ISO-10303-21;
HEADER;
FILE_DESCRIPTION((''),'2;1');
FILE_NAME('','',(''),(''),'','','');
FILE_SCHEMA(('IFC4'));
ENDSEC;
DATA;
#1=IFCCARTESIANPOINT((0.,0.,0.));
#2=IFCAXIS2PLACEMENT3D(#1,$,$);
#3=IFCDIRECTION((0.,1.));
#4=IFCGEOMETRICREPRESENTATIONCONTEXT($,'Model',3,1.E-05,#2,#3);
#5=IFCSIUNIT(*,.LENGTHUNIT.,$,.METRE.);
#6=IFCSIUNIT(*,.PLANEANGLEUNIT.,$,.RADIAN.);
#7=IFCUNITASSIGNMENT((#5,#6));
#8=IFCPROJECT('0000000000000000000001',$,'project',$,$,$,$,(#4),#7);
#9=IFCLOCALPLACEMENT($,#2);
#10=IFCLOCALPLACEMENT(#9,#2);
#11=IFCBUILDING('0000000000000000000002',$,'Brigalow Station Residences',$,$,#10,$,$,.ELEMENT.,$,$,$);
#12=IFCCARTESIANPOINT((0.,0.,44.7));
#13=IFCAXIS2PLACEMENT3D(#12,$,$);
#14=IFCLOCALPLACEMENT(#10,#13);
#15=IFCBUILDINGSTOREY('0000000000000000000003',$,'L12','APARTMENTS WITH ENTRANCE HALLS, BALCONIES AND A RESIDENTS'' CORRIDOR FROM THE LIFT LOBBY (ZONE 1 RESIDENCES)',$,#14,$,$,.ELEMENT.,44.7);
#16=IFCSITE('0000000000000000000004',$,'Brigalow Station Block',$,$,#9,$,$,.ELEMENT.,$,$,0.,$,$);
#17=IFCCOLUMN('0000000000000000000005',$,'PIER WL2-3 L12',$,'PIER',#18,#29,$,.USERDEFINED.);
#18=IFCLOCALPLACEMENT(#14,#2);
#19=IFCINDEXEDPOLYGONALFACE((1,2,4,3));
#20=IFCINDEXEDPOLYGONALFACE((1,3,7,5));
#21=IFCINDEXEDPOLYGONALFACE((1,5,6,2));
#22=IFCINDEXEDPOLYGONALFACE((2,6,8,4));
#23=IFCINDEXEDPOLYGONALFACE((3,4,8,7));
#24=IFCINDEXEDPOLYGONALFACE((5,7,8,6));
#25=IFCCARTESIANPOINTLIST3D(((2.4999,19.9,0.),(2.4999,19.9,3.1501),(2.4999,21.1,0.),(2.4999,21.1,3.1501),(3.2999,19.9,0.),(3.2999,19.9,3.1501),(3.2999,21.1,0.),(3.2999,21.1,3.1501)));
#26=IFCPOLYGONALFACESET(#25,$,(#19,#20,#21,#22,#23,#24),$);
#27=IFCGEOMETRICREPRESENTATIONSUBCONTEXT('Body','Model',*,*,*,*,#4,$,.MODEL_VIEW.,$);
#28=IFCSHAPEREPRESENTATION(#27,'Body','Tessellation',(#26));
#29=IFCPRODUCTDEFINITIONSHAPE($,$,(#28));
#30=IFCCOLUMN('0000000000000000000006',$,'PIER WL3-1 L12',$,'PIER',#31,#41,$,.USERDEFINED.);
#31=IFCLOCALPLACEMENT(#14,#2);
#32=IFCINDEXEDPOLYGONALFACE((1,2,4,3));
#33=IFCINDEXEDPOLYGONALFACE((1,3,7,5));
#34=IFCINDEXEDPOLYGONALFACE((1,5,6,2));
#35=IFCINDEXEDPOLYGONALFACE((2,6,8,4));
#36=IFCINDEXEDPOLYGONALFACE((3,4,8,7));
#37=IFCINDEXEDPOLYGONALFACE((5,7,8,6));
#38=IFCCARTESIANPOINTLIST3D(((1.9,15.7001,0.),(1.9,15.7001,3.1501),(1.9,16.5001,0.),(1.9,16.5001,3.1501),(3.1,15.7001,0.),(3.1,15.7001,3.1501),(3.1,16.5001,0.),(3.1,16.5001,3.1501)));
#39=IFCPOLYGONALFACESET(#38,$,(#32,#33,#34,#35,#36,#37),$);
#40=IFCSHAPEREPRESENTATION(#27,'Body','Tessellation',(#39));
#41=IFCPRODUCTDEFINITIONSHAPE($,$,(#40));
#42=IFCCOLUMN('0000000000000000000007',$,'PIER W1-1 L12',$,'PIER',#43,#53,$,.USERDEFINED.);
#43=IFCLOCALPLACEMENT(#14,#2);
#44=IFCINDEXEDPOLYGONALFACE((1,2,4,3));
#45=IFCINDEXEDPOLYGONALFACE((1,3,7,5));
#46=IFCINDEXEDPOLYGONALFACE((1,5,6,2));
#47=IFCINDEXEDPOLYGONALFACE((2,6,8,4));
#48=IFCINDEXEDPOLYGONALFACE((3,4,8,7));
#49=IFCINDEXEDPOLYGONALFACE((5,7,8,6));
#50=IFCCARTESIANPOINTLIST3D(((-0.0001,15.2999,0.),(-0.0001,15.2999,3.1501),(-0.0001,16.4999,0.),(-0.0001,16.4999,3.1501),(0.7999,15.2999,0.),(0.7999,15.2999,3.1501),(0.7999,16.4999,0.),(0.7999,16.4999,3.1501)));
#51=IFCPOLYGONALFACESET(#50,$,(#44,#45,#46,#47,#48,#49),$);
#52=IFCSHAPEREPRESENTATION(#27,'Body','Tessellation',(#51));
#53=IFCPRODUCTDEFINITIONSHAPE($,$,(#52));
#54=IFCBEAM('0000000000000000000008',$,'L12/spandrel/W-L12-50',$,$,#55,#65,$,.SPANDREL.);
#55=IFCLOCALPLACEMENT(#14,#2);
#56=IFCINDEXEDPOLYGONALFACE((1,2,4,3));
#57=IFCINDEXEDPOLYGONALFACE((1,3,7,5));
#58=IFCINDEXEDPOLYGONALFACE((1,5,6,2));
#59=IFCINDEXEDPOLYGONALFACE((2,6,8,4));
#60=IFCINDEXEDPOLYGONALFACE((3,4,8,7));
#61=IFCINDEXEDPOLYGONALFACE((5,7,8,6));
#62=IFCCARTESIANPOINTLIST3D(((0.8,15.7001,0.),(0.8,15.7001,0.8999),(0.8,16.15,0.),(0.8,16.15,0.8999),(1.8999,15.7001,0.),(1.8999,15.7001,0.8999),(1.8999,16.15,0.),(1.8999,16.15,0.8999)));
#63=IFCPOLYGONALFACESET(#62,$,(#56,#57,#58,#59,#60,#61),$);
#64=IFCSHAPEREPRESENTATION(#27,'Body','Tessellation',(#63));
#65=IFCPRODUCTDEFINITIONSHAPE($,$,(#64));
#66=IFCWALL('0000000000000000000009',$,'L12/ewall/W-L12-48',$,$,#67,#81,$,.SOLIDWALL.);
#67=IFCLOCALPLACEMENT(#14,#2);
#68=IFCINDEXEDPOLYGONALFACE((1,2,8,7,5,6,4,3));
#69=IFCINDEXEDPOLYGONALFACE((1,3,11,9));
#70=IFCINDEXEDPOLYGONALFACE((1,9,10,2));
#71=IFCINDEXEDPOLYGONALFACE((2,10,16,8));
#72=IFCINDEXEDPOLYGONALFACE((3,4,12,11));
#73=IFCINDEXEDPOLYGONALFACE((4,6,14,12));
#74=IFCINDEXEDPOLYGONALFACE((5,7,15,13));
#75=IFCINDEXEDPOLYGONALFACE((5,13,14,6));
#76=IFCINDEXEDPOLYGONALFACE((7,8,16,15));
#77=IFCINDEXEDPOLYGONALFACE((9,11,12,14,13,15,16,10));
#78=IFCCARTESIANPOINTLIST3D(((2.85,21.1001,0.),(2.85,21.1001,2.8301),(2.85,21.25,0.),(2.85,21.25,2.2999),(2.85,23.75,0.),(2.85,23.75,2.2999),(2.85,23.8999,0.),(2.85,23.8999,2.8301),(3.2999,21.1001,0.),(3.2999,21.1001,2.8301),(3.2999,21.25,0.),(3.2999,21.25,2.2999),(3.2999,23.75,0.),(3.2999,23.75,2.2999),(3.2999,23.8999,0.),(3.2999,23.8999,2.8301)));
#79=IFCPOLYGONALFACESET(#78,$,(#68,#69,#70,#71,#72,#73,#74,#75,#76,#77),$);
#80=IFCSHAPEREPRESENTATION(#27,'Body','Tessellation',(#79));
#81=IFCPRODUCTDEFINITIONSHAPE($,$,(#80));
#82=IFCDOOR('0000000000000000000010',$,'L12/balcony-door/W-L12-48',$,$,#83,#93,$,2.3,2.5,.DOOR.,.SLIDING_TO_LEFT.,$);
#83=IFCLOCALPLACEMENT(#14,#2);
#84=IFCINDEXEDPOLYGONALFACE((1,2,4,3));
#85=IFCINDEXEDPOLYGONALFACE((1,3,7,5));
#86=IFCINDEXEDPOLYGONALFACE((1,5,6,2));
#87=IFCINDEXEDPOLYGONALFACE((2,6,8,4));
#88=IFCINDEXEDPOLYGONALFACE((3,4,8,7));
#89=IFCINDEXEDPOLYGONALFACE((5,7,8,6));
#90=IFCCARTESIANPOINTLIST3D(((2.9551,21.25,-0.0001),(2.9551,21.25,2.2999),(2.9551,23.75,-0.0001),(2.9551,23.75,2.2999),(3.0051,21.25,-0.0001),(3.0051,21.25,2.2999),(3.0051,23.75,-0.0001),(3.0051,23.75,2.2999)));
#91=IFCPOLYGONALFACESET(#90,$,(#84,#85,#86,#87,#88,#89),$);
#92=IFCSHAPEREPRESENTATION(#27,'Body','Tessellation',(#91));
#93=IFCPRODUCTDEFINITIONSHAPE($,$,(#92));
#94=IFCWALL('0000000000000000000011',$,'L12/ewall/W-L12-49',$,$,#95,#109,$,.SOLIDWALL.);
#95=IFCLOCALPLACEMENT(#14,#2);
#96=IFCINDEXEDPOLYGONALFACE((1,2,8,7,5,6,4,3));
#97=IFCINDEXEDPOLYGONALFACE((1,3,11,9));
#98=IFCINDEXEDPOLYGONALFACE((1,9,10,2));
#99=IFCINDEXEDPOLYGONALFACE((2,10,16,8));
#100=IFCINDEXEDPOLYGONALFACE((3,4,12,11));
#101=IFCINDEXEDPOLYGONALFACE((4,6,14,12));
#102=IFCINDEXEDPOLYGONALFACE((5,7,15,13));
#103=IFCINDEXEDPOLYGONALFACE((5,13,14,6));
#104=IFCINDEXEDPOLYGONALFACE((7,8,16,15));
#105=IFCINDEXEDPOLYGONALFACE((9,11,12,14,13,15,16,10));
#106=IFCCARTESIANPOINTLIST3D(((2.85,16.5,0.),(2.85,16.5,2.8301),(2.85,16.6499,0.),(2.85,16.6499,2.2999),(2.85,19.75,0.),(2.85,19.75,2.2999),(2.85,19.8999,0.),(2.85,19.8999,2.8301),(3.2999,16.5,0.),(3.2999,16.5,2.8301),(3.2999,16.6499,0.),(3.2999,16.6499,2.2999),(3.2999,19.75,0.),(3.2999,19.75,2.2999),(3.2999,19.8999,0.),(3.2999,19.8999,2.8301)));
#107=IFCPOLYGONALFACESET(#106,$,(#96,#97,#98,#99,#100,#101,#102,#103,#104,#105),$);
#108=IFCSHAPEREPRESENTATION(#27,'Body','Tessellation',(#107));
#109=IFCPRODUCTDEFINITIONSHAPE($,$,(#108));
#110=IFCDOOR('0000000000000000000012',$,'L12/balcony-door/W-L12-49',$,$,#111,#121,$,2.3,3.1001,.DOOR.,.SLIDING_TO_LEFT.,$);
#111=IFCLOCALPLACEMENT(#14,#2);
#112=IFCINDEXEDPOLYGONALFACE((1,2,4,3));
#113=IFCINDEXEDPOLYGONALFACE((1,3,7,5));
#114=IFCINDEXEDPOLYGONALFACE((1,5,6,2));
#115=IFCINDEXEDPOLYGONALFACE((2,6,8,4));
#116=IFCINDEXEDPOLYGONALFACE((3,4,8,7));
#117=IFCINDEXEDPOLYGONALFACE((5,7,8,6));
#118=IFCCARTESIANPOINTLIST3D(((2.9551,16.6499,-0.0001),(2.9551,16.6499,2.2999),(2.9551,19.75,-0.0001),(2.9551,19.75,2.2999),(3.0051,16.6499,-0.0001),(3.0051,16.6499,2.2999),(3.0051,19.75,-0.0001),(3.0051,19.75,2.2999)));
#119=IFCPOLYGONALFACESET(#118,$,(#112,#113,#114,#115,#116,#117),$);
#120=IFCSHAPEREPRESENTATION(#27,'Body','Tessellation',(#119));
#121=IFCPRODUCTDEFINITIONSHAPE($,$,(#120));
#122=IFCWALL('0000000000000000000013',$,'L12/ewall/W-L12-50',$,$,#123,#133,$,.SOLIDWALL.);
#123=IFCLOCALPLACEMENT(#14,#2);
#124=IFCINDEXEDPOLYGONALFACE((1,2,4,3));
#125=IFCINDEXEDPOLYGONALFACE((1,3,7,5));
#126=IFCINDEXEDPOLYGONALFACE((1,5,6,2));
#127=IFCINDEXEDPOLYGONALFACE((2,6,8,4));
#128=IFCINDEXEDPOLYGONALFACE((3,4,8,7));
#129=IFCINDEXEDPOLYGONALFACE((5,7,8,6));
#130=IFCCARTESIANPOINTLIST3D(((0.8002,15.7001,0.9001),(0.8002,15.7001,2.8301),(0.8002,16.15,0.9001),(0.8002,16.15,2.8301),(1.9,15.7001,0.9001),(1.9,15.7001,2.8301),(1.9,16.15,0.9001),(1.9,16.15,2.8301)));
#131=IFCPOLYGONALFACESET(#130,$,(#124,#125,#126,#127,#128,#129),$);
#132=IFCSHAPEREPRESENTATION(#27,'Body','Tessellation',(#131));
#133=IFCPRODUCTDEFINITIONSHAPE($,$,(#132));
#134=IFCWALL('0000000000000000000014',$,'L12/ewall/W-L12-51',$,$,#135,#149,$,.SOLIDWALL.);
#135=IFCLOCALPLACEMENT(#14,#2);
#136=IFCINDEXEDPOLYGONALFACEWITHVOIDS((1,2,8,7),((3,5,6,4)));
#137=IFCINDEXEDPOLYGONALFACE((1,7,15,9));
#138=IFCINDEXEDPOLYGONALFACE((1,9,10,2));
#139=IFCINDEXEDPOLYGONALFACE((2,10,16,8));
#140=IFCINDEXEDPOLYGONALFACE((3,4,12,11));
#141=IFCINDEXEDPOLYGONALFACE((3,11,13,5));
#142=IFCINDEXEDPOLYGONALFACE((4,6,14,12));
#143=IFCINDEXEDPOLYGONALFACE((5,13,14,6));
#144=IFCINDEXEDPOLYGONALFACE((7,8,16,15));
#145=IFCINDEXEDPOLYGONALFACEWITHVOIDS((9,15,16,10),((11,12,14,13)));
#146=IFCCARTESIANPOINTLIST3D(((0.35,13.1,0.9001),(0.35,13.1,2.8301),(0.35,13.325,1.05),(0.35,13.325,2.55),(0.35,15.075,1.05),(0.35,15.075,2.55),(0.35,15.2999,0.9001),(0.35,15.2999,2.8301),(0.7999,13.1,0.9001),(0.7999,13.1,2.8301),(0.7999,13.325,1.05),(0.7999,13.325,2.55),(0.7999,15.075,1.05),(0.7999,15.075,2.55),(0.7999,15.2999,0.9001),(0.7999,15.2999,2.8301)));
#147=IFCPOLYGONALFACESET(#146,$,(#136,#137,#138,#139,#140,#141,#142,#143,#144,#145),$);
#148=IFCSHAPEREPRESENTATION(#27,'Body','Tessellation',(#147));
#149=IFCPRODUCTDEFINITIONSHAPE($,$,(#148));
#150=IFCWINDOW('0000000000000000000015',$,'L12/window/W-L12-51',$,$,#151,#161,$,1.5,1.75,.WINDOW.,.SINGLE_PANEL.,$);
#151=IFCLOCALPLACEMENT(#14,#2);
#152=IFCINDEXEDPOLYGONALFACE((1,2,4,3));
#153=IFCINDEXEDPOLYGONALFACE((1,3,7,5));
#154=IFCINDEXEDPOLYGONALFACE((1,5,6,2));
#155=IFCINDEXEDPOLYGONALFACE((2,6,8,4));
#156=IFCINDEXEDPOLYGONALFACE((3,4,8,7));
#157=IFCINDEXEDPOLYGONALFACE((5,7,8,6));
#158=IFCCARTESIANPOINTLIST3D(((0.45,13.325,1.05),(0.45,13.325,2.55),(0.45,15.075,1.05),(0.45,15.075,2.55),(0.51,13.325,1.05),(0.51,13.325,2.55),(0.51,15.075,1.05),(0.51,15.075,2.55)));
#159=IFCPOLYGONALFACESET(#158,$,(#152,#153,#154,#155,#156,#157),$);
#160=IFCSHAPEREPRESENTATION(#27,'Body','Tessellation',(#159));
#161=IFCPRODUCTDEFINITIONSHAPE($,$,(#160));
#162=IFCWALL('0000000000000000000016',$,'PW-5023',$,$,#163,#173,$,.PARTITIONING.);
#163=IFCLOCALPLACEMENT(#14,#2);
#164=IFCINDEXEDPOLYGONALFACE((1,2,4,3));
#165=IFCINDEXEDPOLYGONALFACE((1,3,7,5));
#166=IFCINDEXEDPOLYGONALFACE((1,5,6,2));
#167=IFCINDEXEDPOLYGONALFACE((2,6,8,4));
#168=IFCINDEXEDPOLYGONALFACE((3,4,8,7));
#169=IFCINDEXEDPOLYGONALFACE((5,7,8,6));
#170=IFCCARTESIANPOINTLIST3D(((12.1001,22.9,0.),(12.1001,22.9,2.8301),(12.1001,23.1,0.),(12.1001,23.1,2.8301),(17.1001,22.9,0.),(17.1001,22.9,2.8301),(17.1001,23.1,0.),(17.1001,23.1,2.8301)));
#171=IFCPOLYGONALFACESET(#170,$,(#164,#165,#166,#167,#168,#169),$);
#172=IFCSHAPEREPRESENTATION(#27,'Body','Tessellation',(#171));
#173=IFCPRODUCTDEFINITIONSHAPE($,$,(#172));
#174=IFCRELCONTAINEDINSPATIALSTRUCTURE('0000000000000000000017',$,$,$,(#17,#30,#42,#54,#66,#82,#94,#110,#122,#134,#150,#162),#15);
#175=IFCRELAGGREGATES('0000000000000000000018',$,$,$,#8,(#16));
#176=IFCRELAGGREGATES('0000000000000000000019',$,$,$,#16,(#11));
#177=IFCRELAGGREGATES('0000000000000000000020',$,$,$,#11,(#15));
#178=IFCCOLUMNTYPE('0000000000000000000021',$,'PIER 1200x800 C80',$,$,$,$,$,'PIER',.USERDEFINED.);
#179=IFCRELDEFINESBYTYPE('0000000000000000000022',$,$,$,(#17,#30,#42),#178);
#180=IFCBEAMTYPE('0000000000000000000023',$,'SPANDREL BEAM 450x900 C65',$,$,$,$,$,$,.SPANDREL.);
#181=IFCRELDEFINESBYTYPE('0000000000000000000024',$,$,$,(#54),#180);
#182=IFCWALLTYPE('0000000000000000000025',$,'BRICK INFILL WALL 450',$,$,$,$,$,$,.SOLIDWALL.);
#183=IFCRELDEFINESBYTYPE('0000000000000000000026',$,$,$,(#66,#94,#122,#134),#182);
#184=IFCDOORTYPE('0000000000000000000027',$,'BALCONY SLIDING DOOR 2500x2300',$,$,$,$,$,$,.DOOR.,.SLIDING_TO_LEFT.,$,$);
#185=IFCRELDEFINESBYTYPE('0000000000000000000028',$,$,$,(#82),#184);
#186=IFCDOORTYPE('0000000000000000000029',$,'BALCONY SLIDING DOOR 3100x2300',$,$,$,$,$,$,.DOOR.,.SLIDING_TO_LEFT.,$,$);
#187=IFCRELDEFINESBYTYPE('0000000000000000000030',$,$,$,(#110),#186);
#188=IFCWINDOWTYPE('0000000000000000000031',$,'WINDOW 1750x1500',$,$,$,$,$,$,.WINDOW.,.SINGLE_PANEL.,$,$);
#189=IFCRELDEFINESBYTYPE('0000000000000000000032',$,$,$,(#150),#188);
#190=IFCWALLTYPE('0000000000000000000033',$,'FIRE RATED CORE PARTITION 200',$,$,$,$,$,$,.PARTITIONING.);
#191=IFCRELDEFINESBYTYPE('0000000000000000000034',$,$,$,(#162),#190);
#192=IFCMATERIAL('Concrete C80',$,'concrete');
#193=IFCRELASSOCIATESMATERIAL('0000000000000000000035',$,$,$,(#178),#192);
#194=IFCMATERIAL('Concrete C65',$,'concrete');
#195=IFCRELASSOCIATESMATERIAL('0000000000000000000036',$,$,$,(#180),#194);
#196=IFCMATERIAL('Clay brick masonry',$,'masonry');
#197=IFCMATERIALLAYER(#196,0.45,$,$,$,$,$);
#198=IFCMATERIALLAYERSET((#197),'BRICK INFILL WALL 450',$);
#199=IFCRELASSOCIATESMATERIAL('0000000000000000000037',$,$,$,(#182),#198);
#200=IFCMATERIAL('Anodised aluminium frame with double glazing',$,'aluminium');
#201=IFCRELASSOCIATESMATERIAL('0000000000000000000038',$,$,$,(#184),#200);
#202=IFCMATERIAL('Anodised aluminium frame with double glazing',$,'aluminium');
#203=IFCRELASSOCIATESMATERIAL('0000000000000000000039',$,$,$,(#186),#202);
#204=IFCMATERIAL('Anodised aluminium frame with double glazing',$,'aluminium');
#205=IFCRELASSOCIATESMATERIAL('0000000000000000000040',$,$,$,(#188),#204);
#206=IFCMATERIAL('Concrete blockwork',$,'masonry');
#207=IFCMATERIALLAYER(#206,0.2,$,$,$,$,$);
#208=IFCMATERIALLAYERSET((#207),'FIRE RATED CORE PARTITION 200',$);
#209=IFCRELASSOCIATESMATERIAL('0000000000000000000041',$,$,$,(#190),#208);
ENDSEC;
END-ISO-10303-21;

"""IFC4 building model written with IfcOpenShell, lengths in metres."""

from ifc_helpers import new_model, si_unit, direction, frame, frame_2d, origin, origin_2d, place, context, subcontext, project, spatial, rectangle, extrude, material, layer, layer_set, material_profile, profile_set, type_object, element, fill, save


model = new_model("IFC4")

# Units and contexts
model_context = context("Model", 3, precision=1e-05, world=origin(), true_north=direction((0.0, 1.0)))
body_context = subcontext(model_context, "Body", "Model", "MODEL_VIEW")
ifc_project = project(units=[si_unit("LENGTHUNIT", "METRE"), si_unit("PLANEANGLEUNIT", "RADIAN")], contexts=[model_context])

# Site, building, storey
site_placement = place(None, origin())
site = spatial("IfcSite", under=ifc_project, at=site_placement, Name="Brigalow Station Block", CompositionType="ELEMENT", RefElevation=0.0)
building_placement = place(site_placement, origin())
building = spatial("IfcBuilding", under=site, at=building_placement, Name="Brigalow Station Residences", CompositionType="ELEMENT")
storey_placement = place(building_placement, frame((0.0, 0.0, 44.7)))
storey = spatial("IfcBuildingStorey", under=building, at=storey_placement, Name="L12", Description="APARTMENTS WITH ENTRANCE HALLS, BALCONIES AND A RESIDENTS' CORRIDOR FROM THE LIFT LOBBY (ZONE 1 RESIDENCES)", CompositionType="ELEMENT", Elevation=44.7)

# Columns
ifc_material_1 = material(Name="Concrete C80", Category="concrete")
ifc_material_profile_1 = material_profile(ifc_material_1, rectangle(XDim=1.2, YDim=0.8, at=origin_2d()), Name="RC1200x800")
ifc_profile_set_1 = profile_set([ifc_material_profile_1], Name="Concrete C80")
column_type = type_object("IfcColumnType", Name="PIER 1200x800 C80", ElementType="PIER", PredefinedType="USERDEFINED", material=ifc_profile_set_1)
for number, where, z_axis, x_axis, name in (
    (1, (2.8999, 20.5, 0.0), (0.0, 0.0, 1.0), (0.0, -1.0, 0.0), "PIER WL2-3 L12"),
    (2, (2.5, 16.1001, 0.0), (0.0, 0.0, 1.0), (-1.0, 0.0, 0.0), "PIER WL3-1 L12"),
    (3, (0.3999, 15.8999, 0.0), (0.0, 0.0, 1.0), (0.0, -1.0, 0.0), "PIER W1-1 L12"),
):
    element("IfcColumn", number, at=place(storey_placement, frame(where, z_axis=z_axis, x_axis=x_axis)), inside=storey, type_object=column_type, Name=name, ObjectType="PIER", PredefinedType="USERDEFINED", context=body_context, shape_type="SweptSolid", body=[
        extrude(rectangle(XDim=1.2, YDim=0.8, at=origin_2d()), origin(), (0.0, 0.0, 1.0), 3.1501),
    ])

# Beam
ifc_material_2 = material(Name="Concrete C65", Category="concrete")
ifc_material_profile_2 = material_profile(ifc_material_2, rectangle(XDim=0.45, YDim=0.8999, at=origin_2d()), Name="RC450x900")
ifc_profile_set_2 = profile_set([ifc_material_profile_2], Name="Concrete C65")
beam_type = type_object("IfcBeamType", Name="SPANDREL BEAM 450x900 C65", PredefinedType="SPANDREL", material=ifc_profile_set_2)
beam_placement = place(storey_placement, frame((1.8999, 15.925, 0.45), z_axis=(-1.0, 0.0, 0.0), x_axis=(0.0, -1.0, 0.0)))
element("IfcBeam", 4, at=beam_placement, inside=storey, type_object=beam_type, Name="L12/spandrel/W-L12-50", PredefinedType="SPANDREL", context=body_context, shape_type="SweptSolid", body=[
    extrude(rectangle(XDim=0.45, YDim=0.8999, at=origin_2d()), origin(), (0.0, 0.0, 1.0), 1.0999),
])

# Walls, openings, doors
ifc_material_3 = material(Name="Clay brick masonry", Category="masonry")
ifc_layer_1 = layer(ifc_material_3, 0.45)
ifc_layer_set_1 = layer_set([ifc_layer_1], Name="BRICK INFILL WALL 450")
wall_type_1 = type_object("IfcWallType", Name="BRICK INFILL WALL 450", PredefinedType="SOLIDWALL", material=ifc_layer_set_1)
wall_1_placement = place(storey_placement, frame((3.075, 23.8999, 0.0), z_axis=(0.0, 0.0, 1.0), x_axis=(0.0, -1.0, 0.0)))
wall_1 = element("IfcWall", 5, at=wall_1_placement, inside=storey, type_object=wall_type_1, Name="L12/ewall/W-L12-48", PredefinedType="SOLIDWALL", context=body_context, shape_type="SweptSolid", body=[
    extrude(rectangle(XDim=2.7998, YDim=0.45, at=frame_2d((1.3999, 0.0))), origin(), (0.0, 0.0, 1.0), 2.8301),
])
opening_1_placement = place(wall_1_placement, frame((0.1499, 0.0, 0.0)))
opening_1 = element("IfcOpeningElement", 6, at=opening_1_placement, cuts=wall_1, PredefinedType="OPENING", context=body_context, shape_type="SweptSolid", body=[
    extrude(rectangle(XDim=2.5, YDim=2.3, at=frame_2d((1.25, 1.1499))), frame((0.0, 0.2349, 0.0), z_axis=(0.0, -1.0, 0.0), x_axis=(1.0, 0.0, 0.0)), (0.0, 0.0, 1.0), 0.47),
])
ifc_material_4 = material(Name="Anodised aluminium frame with double glazing", Category="aluminium")
door_type_1 = type_object("IfcDoorType", Name="BALCONY SLIDING DOOR 2500x2300", OperationType="SLIDING_TO_LEFT", PredefinedType="DOOR", material=ifc_material_4)
door_1_placement = place(opening_1_placement, origin())
door_1 = element("IfcDoor", 7, at=door_1_placement, inside=storey, type_object=door_type_1, Name="L12/balcony-door/W-L12-48", OperationType="SLIDING_TO_LEFT", OverallHeight=2.3, OverallWidth=2.5, PredefinedType="DOOR", context=body_context, shape_type="SweptSolid", body=[
    extrude(rectangle(XDim=2.5, YDim=2.3, at=frame_2d((1.25, 1.1499))), frame((0.0, -0.0698, 0.0), z_axis=(0.0, -1.0, 0.0), x_axis=(1.0, 0.0, 0.0)), (0.0, 0.0, 1.0), 0.05),
])
fill(opening_1, door_1)
wall_2_placement = place(storey_placement, frame((3.075, 19.8999, 0.0), z_axis=(0.0, 0.0, 1.0), x_axis=(0.0, -1.0, 0.0)))
wall_2 = element("IfcWall", 8, at=wall_2_placement, inside=storey, type_object=wall_type_1, Name="L12/ewall/W-L12-49", PredefinedType="SOLIDWALL", context=body_context, shape_type="SweptSolid", body=[
    extrude(rectangle(XDim=3.3999, YDim=0.45, at=frame_2d((1.7, 0.0))), origin(), (0.0, 0.0, 1.0), 2.8301),
])
opening_2_placement = place(wall_2_placement, frame((0.1499, 0.0, 0.0)))
opening_2 = element("IfcOpeningElement", 9, at=opening_2_placement, cuts=wall_2, PredefinedType="OPENING", context=body_context, shape_type="SweptSolid", body=[
    extrude(rectangle(XDim=3.1001, YDim=2.3, at=frame_2d((1.55, 1.1499))), frame((0.0, 0.2349, 0.0), z_axis=(0.0, -1.0, 0.0), x_axis=(1.0, 0.0, 0.0)), (0.0, 0.0, 1.0), 0.47),
])
ifc_material_5 = material(Name="Anodised aluminium frame with double glazing", Category="aluminium")
door_type_2 = type_object("IfcDoorType", Name="BALCONY SLIDING DOOR 3100x2300", OperationType="SLIDING_TO_LEFT", PredefinedType="DOOR", material=ifc_material_5)
door_2_placement = place(opening_2_placement, origin())
door_2 = element("IfcDoor", 10, at=door_2_placement, inside=storey, type_object=door_type_2, Name="L12/balcony-door/W-L12-49", OperationType="SLIDING_TO_LEFT", OverallHeight=2.3, OverallWidth=3.1001, PredefinedType="DOOR", context=body_context, shape_type="SweptSolid", body=[
    extrude(rectangle(XDim=3.1001, YDim=2.3, at=frame_2d((1.55, 1.1499))), frame((0.0, -0.0698, 0.0), z_axis=(0.0, -1.0, 0.0), x_axis=(1.0, 0.0, 0.0)), (0.0, 0.0, 1.0), 0.05),
])
fill(opening_2, door_2)

# Wall
wall_3_placement = place(storey_placement, frame((1.8999, 15.925, 0.9001), z_axis=(0.0, 0.0, 1.0), x_axis=(-1.0, 0.0, 0.0)))
element("IfcWall", 11, at=wall_3_placement, inside=storey, type_object=wall_type_1, Name="L12/ewall/W-L12-50", PredefinedType="SOLIDWALL", context=body_context, shape_type="SweptSolid", body=[
    extrude(rectangle(XDim=1.0999, YDim=0.45, at=frame_2d((0.5498, 0.0))), origin(), (0.0, 0.0, 1.0), 1.9299),
])

# Wall, opening, window
wall_4_placement = place(storey_placement, frame((0.575, 15.3, 0.9001), z_axis=(0.0, 0.0, 1.0), x_axis=(0.0, -1.0, 0.0)))
wall_4 = element("IfcWall", 12, at=wall_4_placement, inside=storey, type_object=wall_type_1, Name="L12/ewall/W-L12-51", PredefinedType="SOLIDWALL", context=body_context, shape_type="SweptSolid", body=[
    extrude(rectangle(XDim=2.2, YDim=0.45, at=frame_2d((1.1001, 0.0))), origin(), (0.0, 0.0, 1.0), 1.9299),
])
opening_3_placement = place(wall_4_placement, frame((0.2251, 0.0, 0.1499)))
opening_3 = element("IfcOpeningElement", 13, at=opening_3_placement, cuts=wall_4, PredefinedType="OPENING", context=body_context, shape_type="SweptSolid", body=[
    extrude(rectangle(XDim=1.75, YDim=1.5, at=frame_2d((0.875, 0.75))), frame((0.0, 0.2349, 0.0), z_axis=(0.0, -1.0, 0.0), x_axis=(1.0, 0.0, 0.0)), (0.0, 0.0, 1.0), 0.47),
])
ifc_material_6 = material(Name="Anodised aluminium frame with double glazing", Category="aluminium")
window_type = type_object("IfcWindowType", Name="WINDOW 1750x1500", PartitioningType="SINGLE_PANEL", PredefinedType="WINDOW", material=ifc_material_6)
window_placement = place(opening_3_placement, origin())
window = element("IfcWindow", 14, at=window_placement, inside=storey, type_object=window_type, Name="L12/window/W-L12-51", OverallHeight=1.5, OverallWidth=1.75, PartitioningType="SINGLE_PANEL", PredefinedType="WINDOW", context=body_context, shape_type="SweptSolid", body=[
    extrude(rectangle(XDim=1.75, YDim=1.5, at=frame_2d((0.875, 0.75))), frame((0.0, -0.0649, 0.0), z_axis=(0.0, -1.0, 0.0), x_axis=(1.0, 0.0, 0.0)), (0.0, 0.0, 1.0), 0.0601),
])
fill(opening_3, window)

# Wall
ifc_material_7 = material(Name="Concrete blockwork", Category="masonry")
ifc_layer_2 = layer(ifc_material_7, 0.2)
ifc_layer_set_2 = layer_set([ifc_layer_2], Name="FIRE RATED CORE PARTITION 200")
wall_type_2 = type_object("IfcWallType", Name="FIRE RATED CORE PARTITION 200", PredefinedType="PARTITIONING", material=ifc_layer_set_2)
wall_5_placement = place(storey_placement, frame((12.1001, 23.0, 0.0), z_axis=(0.0, 0.0, 1.0), x_axis=(1.0, 0.0, 0.0)))
element("IfcWall", 15, at=wall_5_placement, inside=storey, type_object=wall_type_2, Name="PW-5023", PredefinedType="PARTITIONING", context=body_context, shape_type="SweptSolid", body=[
    extrude(rectangle(XDim=5.0, YDim=0.2, at=frame_2d((2.5, 0.0))), origin(), (0.0, 0.0, 1.0), 2.8301),
])

save(model, "model.ifc")
